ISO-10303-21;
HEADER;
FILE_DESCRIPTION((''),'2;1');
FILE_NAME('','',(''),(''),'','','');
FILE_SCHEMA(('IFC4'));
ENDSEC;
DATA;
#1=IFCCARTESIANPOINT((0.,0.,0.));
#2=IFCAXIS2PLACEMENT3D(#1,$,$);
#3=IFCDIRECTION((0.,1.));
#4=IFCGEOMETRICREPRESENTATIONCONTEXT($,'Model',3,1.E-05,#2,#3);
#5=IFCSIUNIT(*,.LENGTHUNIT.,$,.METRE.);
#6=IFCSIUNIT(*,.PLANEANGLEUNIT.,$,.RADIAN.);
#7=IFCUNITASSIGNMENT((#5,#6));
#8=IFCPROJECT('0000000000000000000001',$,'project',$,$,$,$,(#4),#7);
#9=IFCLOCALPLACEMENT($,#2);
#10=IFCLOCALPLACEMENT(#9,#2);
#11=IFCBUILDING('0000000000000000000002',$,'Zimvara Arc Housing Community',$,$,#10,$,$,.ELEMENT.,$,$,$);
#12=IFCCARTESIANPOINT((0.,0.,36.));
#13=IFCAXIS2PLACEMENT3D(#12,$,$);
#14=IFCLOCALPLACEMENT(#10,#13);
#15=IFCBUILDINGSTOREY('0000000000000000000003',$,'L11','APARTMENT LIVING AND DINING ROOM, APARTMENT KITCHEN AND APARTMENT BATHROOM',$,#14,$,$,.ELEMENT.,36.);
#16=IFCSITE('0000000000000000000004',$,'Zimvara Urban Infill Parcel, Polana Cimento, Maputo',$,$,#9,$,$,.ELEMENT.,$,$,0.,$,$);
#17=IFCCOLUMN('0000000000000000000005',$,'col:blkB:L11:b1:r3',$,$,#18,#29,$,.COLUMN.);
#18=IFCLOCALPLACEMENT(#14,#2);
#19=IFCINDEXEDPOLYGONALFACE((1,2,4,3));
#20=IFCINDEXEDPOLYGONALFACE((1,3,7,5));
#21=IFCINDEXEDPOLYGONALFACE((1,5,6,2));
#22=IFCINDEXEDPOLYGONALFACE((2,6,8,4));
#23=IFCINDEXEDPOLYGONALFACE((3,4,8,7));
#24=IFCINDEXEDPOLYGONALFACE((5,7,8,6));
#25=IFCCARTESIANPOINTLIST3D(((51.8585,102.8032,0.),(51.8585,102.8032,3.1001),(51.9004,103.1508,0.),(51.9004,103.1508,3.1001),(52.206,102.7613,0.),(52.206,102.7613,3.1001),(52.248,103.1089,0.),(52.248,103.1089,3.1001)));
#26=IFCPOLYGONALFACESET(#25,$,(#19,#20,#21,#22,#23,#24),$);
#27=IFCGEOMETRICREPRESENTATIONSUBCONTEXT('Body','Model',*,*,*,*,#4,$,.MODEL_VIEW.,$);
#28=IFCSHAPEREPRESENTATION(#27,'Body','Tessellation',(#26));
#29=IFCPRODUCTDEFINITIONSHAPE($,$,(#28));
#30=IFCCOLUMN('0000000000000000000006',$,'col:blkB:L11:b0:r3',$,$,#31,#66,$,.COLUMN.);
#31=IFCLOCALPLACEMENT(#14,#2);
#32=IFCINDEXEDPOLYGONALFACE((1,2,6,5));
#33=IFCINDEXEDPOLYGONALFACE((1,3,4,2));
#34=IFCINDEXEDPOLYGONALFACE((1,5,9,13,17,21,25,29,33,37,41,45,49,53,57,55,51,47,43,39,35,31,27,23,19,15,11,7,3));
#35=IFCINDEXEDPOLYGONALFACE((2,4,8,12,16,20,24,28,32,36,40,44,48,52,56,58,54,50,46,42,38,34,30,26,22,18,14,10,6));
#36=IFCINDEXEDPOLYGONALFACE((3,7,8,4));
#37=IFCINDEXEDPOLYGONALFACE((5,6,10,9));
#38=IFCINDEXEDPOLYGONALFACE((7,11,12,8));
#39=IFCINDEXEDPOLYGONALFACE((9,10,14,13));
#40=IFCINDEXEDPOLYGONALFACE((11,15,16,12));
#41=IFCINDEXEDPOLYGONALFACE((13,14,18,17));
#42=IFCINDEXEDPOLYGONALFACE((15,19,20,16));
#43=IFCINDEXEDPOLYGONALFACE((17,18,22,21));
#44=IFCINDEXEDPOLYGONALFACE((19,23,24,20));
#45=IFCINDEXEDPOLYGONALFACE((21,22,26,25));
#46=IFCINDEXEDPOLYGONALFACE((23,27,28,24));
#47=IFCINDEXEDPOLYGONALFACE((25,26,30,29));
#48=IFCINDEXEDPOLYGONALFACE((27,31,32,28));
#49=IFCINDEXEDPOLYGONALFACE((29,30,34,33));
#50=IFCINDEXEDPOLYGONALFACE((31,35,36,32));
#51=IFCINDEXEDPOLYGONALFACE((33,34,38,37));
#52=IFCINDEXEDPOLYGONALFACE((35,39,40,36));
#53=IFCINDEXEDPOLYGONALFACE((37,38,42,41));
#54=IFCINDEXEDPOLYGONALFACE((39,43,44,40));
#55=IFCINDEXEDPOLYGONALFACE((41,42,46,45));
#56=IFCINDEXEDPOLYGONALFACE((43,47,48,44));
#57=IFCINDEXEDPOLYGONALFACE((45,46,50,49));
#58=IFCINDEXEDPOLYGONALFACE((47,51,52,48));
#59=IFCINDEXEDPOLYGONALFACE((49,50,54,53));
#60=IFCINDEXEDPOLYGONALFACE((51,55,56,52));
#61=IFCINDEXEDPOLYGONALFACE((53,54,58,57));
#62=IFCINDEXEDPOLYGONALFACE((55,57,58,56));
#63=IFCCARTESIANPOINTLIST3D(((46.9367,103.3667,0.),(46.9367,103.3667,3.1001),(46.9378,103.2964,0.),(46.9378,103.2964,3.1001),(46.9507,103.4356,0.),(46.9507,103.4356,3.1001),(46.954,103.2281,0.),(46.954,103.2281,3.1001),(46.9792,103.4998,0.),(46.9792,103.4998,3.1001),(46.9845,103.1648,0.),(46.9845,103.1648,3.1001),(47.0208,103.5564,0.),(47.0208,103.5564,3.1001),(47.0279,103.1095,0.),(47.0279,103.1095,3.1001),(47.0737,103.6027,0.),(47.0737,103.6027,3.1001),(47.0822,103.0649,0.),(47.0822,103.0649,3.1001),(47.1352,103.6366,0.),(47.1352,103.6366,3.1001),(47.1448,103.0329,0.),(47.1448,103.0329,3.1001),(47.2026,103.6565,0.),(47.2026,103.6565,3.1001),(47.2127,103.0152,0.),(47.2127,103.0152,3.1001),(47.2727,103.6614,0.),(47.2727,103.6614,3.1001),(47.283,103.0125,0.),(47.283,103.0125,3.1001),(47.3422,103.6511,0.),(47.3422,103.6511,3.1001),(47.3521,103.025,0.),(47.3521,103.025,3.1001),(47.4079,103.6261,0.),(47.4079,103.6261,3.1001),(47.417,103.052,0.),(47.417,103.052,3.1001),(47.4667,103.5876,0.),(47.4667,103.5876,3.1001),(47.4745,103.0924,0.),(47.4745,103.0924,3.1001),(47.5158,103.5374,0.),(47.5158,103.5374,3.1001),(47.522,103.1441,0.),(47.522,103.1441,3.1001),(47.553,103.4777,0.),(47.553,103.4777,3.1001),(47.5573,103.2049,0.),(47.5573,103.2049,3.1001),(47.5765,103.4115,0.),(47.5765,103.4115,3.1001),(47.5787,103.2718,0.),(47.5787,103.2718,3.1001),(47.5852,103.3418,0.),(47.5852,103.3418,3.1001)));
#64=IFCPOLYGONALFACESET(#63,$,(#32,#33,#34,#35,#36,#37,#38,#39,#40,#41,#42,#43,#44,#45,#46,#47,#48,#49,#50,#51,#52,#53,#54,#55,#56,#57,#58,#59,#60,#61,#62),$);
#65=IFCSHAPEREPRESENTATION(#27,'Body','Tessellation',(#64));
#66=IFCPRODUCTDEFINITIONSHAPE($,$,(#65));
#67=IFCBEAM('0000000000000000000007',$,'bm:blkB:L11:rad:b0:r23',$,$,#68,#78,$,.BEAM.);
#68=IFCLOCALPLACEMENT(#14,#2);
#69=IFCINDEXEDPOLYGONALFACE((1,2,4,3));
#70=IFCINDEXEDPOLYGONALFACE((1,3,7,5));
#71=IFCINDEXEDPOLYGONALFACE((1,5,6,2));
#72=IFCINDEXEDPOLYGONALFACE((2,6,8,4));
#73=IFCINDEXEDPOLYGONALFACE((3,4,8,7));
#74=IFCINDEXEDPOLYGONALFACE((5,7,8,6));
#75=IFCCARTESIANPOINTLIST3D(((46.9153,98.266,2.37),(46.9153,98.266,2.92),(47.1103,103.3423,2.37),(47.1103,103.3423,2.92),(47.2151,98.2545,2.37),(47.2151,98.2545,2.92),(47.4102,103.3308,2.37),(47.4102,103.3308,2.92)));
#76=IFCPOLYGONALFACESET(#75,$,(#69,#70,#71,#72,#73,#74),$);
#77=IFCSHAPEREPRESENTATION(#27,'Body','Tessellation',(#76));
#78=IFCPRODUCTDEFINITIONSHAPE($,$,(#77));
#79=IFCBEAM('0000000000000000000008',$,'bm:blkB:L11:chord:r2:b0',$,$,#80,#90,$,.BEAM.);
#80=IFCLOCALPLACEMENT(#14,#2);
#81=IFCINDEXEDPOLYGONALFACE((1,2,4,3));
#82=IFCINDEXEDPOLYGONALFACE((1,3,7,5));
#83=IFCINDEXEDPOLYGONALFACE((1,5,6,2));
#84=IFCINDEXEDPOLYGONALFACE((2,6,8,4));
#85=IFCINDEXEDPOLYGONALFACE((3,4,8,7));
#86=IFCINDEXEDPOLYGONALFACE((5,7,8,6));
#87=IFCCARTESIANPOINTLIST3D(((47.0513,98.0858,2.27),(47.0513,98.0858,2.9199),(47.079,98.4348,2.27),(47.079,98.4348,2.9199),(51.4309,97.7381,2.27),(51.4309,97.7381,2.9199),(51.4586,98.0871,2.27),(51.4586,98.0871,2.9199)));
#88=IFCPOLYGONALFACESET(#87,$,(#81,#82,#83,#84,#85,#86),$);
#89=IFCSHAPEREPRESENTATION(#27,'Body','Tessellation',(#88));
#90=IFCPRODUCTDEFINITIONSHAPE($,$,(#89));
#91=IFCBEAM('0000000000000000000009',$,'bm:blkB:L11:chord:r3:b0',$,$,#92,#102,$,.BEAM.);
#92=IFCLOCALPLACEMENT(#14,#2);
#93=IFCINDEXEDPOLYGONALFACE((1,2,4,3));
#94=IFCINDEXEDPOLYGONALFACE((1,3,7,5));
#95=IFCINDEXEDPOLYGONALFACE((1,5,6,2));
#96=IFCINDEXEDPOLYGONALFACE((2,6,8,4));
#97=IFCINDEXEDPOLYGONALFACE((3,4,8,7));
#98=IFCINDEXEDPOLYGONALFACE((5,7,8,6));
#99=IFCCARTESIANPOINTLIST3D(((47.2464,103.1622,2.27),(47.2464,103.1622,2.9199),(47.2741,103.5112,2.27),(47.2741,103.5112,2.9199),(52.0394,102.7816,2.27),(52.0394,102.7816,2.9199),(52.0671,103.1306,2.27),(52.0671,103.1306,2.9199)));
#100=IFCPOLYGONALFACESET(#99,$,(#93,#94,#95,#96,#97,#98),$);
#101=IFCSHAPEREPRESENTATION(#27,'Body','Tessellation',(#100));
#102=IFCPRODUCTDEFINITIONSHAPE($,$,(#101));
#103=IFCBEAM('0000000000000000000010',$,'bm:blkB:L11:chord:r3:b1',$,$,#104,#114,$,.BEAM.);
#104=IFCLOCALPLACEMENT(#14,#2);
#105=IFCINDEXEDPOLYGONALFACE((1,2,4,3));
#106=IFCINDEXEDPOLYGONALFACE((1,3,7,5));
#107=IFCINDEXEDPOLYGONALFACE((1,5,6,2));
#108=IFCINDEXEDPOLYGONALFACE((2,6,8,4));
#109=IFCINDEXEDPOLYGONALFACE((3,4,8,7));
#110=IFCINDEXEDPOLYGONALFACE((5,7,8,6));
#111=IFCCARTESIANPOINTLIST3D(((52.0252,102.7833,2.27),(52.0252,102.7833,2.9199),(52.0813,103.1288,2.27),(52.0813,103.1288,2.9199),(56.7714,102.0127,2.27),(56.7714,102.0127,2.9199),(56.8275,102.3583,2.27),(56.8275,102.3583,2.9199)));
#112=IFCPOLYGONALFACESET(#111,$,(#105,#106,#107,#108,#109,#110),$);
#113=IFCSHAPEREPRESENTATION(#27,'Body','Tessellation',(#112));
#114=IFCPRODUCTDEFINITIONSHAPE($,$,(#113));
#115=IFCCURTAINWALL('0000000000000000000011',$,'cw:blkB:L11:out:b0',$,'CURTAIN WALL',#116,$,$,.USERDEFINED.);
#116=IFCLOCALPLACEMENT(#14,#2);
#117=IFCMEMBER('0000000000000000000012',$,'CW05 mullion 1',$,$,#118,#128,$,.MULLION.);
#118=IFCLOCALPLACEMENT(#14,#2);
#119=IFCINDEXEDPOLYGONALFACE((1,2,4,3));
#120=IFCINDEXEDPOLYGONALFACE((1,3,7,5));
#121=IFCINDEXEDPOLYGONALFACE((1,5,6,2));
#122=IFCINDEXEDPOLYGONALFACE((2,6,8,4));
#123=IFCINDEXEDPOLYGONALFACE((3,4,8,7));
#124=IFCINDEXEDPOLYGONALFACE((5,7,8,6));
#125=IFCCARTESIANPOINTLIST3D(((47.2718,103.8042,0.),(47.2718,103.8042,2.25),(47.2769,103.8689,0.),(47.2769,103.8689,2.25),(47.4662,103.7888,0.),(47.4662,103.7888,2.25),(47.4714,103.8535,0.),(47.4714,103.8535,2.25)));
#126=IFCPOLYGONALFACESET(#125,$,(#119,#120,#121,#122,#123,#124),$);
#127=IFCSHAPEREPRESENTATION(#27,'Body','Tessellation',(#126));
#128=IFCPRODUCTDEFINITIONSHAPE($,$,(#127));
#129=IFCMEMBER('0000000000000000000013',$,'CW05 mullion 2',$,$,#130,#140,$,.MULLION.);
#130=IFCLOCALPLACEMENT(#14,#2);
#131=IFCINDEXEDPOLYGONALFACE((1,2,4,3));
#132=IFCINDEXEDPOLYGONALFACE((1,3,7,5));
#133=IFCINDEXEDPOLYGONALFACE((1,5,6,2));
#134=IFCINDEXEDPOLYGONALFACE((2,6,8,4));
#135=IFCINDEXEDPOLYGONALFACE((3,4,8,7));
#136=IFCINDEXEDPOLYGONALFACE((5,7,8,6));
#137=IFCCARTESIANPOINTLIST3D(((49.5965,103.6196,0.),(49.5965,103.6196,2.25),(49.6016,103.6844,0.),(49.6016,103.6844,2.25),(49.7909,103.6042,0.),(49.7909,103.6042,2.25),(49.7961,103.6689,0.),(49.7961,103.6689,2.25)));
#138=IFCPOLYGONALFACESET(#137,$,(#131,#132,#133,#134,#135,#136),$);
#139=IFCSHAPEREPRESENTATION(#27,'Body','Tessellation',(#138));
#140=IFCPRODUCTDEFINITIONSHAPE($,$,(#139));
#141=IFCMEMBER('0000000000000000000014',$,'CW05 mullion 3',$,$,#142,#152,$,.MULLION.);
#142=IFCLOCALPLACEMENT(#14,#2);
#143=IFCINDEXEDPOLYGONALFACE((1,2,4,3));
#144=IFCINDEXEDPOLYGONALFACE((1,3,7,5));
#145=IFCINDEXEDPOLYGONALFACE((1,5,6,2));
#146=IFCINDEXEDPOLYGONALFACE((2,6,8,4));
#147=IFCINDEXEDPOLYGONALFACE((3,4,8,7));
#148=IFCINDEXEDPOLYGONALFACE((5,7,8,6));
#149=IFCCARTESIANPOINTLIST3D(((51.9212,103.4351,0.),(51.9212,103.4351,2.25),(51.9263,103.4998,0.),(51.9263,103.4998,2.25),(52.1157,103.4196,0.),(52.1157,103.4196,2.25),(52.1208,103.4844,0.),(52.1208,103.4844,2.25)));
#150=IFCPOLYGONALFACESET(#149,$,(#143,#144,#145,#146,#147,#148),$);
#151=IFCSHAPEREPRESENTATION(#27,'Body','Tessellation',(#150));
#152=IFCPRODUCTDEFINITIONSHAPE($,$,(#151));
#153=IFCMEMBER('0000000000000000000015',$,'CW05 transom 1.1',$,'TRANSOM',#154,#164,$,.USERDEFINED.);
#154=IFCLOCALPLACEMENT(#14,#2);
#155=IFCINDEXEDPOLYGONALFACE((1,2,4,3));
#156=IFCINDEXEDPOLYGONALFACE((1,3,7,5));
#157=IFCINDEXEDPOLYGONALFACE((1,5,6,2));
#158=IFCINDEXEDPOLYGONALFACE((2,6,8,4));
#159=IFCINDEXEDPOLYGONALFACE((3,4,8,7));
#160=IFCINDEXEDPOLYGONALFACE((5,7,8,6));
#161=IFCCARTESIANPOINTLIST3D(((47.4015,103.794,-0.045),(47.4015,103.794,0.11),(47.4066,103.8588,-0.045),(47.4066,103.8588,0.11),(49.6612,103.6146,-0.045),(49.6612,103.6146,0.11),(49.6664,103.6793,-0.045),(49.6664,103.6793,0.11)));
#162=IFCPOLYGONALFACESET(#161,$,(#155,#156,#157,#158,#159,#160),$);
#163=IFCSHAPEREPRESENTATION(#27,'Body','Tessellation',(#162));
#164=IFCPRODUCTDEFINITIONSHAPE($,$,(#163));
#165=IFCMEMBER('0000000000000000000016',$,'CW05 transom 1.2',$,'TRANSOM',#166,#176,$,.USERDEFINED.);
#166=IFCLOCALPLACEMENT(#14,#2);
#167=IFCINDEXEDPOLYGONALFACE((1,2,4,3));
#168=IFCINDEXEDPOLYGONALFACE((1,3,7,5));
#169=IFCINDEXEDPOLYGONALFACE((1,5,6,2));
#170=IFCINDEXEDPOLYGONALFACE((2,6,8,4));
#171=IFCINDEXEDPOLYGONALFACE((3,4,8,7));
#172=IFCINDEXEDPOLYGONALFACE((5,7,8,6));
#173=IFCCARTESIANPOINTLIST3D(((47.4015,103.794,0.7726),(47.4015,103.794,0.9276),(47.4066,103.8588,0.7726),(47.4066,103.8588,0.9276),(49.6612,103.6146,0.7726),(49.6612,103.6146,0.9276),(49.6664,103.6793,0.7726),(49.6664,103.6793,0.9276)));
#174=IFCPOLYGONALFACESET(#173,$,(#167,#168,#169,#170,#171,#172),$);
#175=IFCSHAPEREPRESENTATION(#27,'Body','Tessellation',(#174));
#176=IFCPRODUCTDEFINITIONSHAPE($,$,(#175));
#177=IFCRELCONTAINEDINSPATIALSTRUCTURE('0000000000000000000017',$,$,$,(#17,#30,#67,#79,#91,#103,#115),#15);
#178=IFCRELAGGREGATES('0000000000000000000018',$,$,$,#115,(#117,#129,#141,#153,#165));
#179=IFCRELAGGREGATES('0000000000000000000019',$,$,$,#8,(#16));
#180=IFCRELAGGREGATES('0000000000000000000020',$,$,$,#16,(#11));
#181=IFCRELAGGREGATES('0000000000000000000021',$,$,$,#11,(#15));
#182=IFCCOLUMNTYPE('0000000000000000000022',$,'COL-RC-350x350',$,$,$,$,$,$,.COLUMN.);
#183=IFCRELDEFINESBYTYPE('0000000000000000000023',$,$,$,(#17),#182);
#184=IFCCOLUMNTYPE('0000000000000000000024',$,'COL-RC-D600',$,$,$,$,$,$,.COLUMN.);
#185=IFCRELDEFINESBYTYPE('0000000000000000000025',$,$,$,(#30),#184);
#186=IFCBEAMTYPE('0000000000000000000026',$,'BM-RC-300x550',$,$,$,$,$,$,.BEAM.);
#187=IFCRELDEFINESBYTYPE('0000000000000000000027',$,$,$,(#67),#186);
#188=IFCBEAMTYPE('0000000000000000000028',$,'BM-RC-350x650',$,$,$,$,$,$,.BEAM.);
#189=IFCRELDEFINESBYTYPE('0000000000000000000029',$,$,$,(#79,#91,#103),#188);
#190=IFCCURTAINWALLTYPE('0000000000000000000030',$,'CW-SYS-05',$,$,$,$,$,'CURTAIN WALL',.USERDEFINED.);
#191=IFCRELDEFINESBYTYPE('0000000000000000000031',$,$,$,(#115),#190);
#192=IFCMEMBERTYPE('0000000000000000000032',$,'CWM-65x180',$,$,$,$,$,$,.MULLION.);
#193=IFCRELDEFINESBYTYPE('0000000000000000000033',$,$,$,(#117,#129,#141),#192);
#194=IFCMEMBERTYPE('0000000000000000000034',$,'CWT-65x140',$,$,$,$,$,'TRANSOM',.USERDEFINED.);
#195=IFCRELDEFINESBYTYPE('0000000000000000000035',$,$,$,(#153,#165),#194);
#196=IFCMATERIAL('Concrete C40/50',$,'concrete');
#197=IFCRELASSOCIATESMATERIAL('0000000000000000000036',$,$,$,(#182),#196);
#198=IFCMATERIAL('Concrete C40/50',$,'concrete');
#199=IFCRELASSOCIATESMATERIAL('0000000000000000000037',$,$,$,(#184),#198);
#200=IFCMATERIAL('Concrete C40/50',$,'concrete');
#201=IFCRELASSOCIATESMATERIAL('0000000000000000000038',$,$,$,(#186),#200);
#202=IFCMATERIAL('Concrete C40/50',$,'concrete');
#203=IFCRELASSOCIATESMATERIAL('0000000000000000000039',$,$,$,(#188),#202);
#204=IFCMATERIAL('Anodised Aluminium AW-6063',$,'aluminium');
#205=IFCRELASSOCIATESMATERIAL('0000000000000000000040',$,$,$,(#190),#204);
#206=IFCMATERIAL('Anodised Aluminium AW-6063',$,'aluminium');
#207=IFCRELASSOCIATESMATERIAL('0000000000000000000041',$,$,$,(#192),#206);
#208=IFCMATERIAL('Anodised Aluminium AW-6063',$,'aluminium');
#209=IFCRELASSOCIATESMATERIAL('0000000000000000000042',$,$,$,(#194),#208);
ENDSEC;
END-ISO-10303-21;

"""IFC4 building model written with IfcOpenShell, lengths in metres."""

from ifc_helpers import new_model, si_unit, direction, frame, origin, origin_2d, place, context, subcontext, project, spatial, rectangle, circle, extrude, material, material_profile, profile_set, type_object, element, aggregate, save


model = new_model("IFC4")

# Units and contexts
model_context = context("Model", 3, precision=1e-05, world=origin(), true_north=direction((0.0, 1.0)))
body_context = subcontext(model_context, "Body", "Model", "MODEL_VIEW")
ifc_project = project(units=[si_unit("LENGTHUNIT", "METRE"), si_unit("PLANEANGLEUNIT", "RADIAN")], contexts=[model_context])

# Site, building, storey
site_placement = place(None, origin())
site = spatial("IfcSite", under=ifc_project, at=site_placement, Name="Zimvara Urban Infill Parcel, Polana Cimento, Maputo", CompositionType="ELEMENT", RefElevation=0.0)
building_placement = place(site_placement, origin())
building = spatial("IfcBuilding", under=site, at=building_placement, Name="Zimvara Arc Housing Community", CompositionType="ELEMENT")
storey_placement = place(building_placement, frame((0.0, 0.0, 36.0)))
storey = spatial("IfcBuildingStorey", under=building, at=storey_placement, Name="L11", Description="APARTMENT LIVING AND DINING ROOM, APARTMENT KITCHEN AND APARTMENT BATHROOM", CompositionType="ELEMENT", Elevation=36.0)

# Columns
ifc_material_1 = material(Name="Concrete C40/50", Category="concrete")
ifc_material_profile_1 = material_profile(ifc_material_1, rectangle(XDim=0.3501, YDim=0.3501, at=origin_2d()), Name="RC 350x350")
ifc_profile_set_1 = profile_set([ifc_material_profile_1], Name="Concrete C40/50")
column_type_1 = type_object("IfcColumnType", Name="COL-RC-350x350", PredefinedType="COLUMN", material=ifc_profile_set_1)
column_1_placement = place(storey_placement, frame((52.0532, 102.9561, 0.0), z_axis=(0.0, 0.0, 1.0), x_axis=(0.11979, 0.992799, 0.0)))
element("IfcColumn", 1, at=column_1_placement, inside=storey, type_object=column_type_1, Name="col:blkB:L11:b1:r3", PredefinedType="COLUMN", context=body_context, shape_type="SweptSolid", body=[
    extrude(rectangle(XDim=0.3501, YDim=0.3501, at=origin_2d()), origin(), (0.0, 0.0, 1.0), 3.1001),
])
ifc_material_2 = material(Name="Concrete C40/50", Category="concrete")
ifc_material_profile_2 = material_profile(ifc_material_2, circle(Radius=0.325, at=origin_2d()), Name="RC D650")
ifc_profile_set_2 = profile_set([ifc_material_profile_2], Name="Concrete C40/50")
column_type_2 = type_object("IfcColumnType", Name="COL-RC-D600", PredefinedType="COLUMN", material=ifc_profile_set_2)
column_2_placement = place(storey_placement, frame((47.2603, 103.3367, 0.0), z_axis=(0.0, 0.0, 1.0), x_axis=(0.038388, 0.999263, 0.0)))
element("IfcColumn", 2, at=column_2_placement, inside=storey, type_object=column_type_2, Name="col:blkB:L11:b0:r3", PredefinedType="COLUMN", context=body_context, shape_type="SweptSolid", body=[
    extrude(circle(Radius=0.325, at=origin_2d()), origin(), (0.0, 0.0, 1.0), 3.1001),
])

# Beams
ifc_material_3 = material(Name="Concrete C40/50", Category="concrete")
ifc_material_profile_3 = material_profile(ifc_material_3, rectangle(XDim=0.3, YDim=0.55, at=origin_2d()), Name="RC 300x550")
ifc_profile_set_3 = profile_set([ifc_material_profile_3], Name="Concrete C40/50")
beam_type_1 = type_object("IfcBeamType", Name="BM-RC-300x550", PredefinedType="BEAM", material=ifc_profile_set_3)
beam_1_placement = place(storey_placement, frame((47.0652, 98.2603, 2.645), z_axis=(0.038398, 0.999263, 0.0), x_axis=(-0.999263, 0.038398, 0.0)))
element("IfcBeam", 3, at=beam_1_placement, inside=storey, type_object=beam_type_1, Name="bm:blkB:L11:rad:b0:r23", PredefinedType="BEAM", context=body_context, shape_type="SweptSolid", body=[
    extrude(rectangle(XDim=0.3, YDim=0.55, at=origin_2d()), origin(), (0.0, 0.0, 1.0), 5.0801),
])
ifc_material_4 = material(Name="Concrete C40/50", Category="concrete")
ifc_material_profile_4 = material_profile(ifc_material_4, rectangle(XDim=0.3501, YDim=0.6499, at=origin_2d()), Name="RC 350x650")
ifc_profile_set_4 = profile_set([ifc_material_profile_4], Name="Concrete C40/50")
beam_type_2 = type_object("IfcBeamType", Name="BM-RC-350x650", PredefinedType="BEAM", material=ifc_profile_set_4)
beam_2_placement = place(storey_placement, frame((47.0652, 98.2603, 2.595), z_axis=(0.996864, -0.079131, 0.0), x_axis=(0.079131, 0.996864, 0.0)))
element("IfcBeam", 4, at=beam_2_placement, inside=storey, type_object=beam_type_2, Name="bm:blkB:L11:chord:r2:b0", PredefinedType="BEAM", context=body_context, shape_type="SweptSolid", body=[
    extrude(rectangle(XDim=0.3501, YDim=0.6499, at=origin_2d()), origin(), (0.0, 0.0, 1.0), 4.3933),
])
beam_3_placement = place(storey_placement, frame((47.2603, 103.3367, 2.595), z_axis=(0.996862, -0.079162, 0.0), x_axis=(0.079162, 0.996862, 0.0)))
element("IfcBeam", 5, at=beam_3_placement, inside=storey, type_object=beam_type_2, Name="bm:blkB:L11:chord:r3:b0", PredefinedType="BEAM", context=body_context, shape_type="SweptSolid", body=[
    extrude(rectangle(XDim=0.3501, YDim=0.6499, at=origin_2d()), origin(), (0.0, 0.0, 1.0), 4.8081),
])
beam_4_placement = place(storey_placement, frame((52.0532, 102.9561, 2.595), z_axis=(0.987077, -0.160248, 0.0), x_axis=(0.160248, 0.987077, 0.0)))
element("IfcBeam", 6, at=beam_4_placement, inside=storey, type_object=beam_type_2, Name="bm:blkB:L11:chord:r3:b1", PredefinedType="BEAM", context=body_context, shape_type="SweptSolid", body=[
    extrude(rectangle(XDim=0.3501, YDim=0.6499, at=origin_2d()), origin(), (0.0, 0.0, 1.0), 4.8083),
])

# Curtain wall, members
ifc_material_5 = material(Name="Anodised Aluminium AW-6063", Category="aluminium")
curtain_wall_type = type_object("IfcCurtainWallType", Name="CW-SYS-05", ElementType="CURTAIN WALL", PredefinedType="USERDEFINED", material=ifc_material_5)
curtain_wall_placement = place(storey_placement, origin())
curtain_wall = element("IfcCurtainWall", 7, at=curtain_wall_placement, inside=storey, type_object=curtain_wall_type, Name="cw:blkB:L11:out:b0", ObjectType="CURTAIN WALL", PredefinedType="USERDEFINED")
ifc_material_6 = material(Name="Anodised Aluminium AW-6063", Category="aluminium")
ifc_material_profile_5 = material_profile(ifc_material_6, rectangle(XDim=0.0649, YDim=0.1951, at=origin_2d()), Name="ALU 65x195")
ifc_profile_set_5 = profile_set([ifc_material_profile_5], Name="Anodised Aluminium AW-6063")
member_type_1 = type_object("IfcMemberType", Name="CWM-65x180", PredefinedType="MULLION", material=ifc_profile_set_5)
member_1_placement = place(storey_placement, frame((47.3716, 103.8289, 0.0), z_axis=(0.0, 0.0, 1.0), x_axis=(0.079154, 0.996862, 0.0)))
member_1 = element("IfcMember", 8, at=member_1_placement, type_object=member_type_1, Name="CW05 mullion 1", PredefinedType="MULLION", context=body_context, shape_type="SweptSolid", body=[
    extrude(rectangle(XDim=0.0649, YDim=0.1951, at=origin_2d()), origin(), (0.0, 0.0, 1.0), 2.25),
])
member_2_placement = place(storey_placement, frame((49.6963, 103.6443, 0.0), z_axis=(0.0, 0.0, 1.0), x_axis=(0.079154, 0.996862, 0.0)))
member_2 = element("IfcMember", 9, at=member_2_placement, type_object=member_type_1, Name="CW05 mullion 2", PredefinedType="MULLION", context=body_context, shape_type="SweptSolid", body=[
    extrude(rectangle(XDim=0.0649, YDim=0.1951, at=origin_2d()), origin(), (0.0, 0.0, 1.0), 2.25),
])
member_3_placement = place(storey_placement, frame((52.021, 103.4597, 0.0), z_axis=(0.0, 0.0, 1.0), x_axis=(0.079154, 0.996862, 0.0)))
member_3 = element("IfcMember", 10, at=member_3_placement, type_object=member_type_1, Name="CW05 mullion 3", PredefinedType="MULLION", context=body_context, shape_type="SweptSolid", body=[
    extrude(rectangle(XDim=0.0649, YDim=0.1951, at=origin_2d()), origin(), (0.0, 0.0, 1.0), 2.25),
])
ifc_material_7 = material(Name="Anodised Aluminium AW-6063", Category="aluminium")
ifc_material_profile_6 = material_profile(ifc_material_7, rectangle(XDim=0.0649, YDim=0.155, at=origin_2d()), Name="ALU 65x155")
ifc_profile_set_6 = profile_set([ifc_material_profile_6], Name="Anodised Aluminium AW-6063")
member_type_2 = type_object("IfcMemberType", Name="CWT-65x140", ElementType="TRANSOM", PredefinedType="USERDEFINED", material=ifc_profile_set_6)
member_4_placement = place(storey_placement, frame((47.4041, 103.8264, 0.0325), z_axis=(0.996862, -0.079159, 0.0), x_axis=(0.079159, 0.996862, 0.0)))
member_4 = element("IfcMember", 11, at=member_4_placement, type_object=member_type_2, Name="CW05 transom 1.1", ObjectType="TRANSOM", PredefinedType="USERDEFINED", context=body_context, shape_type="SweptSolid", body=[
    extrude(rectangle(XDim=0.0649, YDim=0.155, at=origin_2d()), origin(), (0.0, 0.0, 1.0), 2.2668),
])
member_5_placement = place(storey_placement, frame((47.4041, 103.8264, 0.8501), z_axis=(0.996862, -0.079159, 0.0), x_axis=(0.079159, 0.996862, 0.0)))
member_5 = element("IfcMember", 12, at=member_5_placement, type_object=member_type_2, Name="CW05 transom 1.2", ObjectType="TRANSOM", PredefinedType="USERDEFINED", context=body_context, shape_type="SweptSolid", body=[
    extrude(rectangle(XDim=0.0649, YDim=0.155, at=origin_2d()), origin(), (0.0, 0.0, 1.0), 2.2668),
])
aggregate(curtain_wall, [member_1, member_2, member_3, member_4, member_5])

save(model, "model.ifc")
